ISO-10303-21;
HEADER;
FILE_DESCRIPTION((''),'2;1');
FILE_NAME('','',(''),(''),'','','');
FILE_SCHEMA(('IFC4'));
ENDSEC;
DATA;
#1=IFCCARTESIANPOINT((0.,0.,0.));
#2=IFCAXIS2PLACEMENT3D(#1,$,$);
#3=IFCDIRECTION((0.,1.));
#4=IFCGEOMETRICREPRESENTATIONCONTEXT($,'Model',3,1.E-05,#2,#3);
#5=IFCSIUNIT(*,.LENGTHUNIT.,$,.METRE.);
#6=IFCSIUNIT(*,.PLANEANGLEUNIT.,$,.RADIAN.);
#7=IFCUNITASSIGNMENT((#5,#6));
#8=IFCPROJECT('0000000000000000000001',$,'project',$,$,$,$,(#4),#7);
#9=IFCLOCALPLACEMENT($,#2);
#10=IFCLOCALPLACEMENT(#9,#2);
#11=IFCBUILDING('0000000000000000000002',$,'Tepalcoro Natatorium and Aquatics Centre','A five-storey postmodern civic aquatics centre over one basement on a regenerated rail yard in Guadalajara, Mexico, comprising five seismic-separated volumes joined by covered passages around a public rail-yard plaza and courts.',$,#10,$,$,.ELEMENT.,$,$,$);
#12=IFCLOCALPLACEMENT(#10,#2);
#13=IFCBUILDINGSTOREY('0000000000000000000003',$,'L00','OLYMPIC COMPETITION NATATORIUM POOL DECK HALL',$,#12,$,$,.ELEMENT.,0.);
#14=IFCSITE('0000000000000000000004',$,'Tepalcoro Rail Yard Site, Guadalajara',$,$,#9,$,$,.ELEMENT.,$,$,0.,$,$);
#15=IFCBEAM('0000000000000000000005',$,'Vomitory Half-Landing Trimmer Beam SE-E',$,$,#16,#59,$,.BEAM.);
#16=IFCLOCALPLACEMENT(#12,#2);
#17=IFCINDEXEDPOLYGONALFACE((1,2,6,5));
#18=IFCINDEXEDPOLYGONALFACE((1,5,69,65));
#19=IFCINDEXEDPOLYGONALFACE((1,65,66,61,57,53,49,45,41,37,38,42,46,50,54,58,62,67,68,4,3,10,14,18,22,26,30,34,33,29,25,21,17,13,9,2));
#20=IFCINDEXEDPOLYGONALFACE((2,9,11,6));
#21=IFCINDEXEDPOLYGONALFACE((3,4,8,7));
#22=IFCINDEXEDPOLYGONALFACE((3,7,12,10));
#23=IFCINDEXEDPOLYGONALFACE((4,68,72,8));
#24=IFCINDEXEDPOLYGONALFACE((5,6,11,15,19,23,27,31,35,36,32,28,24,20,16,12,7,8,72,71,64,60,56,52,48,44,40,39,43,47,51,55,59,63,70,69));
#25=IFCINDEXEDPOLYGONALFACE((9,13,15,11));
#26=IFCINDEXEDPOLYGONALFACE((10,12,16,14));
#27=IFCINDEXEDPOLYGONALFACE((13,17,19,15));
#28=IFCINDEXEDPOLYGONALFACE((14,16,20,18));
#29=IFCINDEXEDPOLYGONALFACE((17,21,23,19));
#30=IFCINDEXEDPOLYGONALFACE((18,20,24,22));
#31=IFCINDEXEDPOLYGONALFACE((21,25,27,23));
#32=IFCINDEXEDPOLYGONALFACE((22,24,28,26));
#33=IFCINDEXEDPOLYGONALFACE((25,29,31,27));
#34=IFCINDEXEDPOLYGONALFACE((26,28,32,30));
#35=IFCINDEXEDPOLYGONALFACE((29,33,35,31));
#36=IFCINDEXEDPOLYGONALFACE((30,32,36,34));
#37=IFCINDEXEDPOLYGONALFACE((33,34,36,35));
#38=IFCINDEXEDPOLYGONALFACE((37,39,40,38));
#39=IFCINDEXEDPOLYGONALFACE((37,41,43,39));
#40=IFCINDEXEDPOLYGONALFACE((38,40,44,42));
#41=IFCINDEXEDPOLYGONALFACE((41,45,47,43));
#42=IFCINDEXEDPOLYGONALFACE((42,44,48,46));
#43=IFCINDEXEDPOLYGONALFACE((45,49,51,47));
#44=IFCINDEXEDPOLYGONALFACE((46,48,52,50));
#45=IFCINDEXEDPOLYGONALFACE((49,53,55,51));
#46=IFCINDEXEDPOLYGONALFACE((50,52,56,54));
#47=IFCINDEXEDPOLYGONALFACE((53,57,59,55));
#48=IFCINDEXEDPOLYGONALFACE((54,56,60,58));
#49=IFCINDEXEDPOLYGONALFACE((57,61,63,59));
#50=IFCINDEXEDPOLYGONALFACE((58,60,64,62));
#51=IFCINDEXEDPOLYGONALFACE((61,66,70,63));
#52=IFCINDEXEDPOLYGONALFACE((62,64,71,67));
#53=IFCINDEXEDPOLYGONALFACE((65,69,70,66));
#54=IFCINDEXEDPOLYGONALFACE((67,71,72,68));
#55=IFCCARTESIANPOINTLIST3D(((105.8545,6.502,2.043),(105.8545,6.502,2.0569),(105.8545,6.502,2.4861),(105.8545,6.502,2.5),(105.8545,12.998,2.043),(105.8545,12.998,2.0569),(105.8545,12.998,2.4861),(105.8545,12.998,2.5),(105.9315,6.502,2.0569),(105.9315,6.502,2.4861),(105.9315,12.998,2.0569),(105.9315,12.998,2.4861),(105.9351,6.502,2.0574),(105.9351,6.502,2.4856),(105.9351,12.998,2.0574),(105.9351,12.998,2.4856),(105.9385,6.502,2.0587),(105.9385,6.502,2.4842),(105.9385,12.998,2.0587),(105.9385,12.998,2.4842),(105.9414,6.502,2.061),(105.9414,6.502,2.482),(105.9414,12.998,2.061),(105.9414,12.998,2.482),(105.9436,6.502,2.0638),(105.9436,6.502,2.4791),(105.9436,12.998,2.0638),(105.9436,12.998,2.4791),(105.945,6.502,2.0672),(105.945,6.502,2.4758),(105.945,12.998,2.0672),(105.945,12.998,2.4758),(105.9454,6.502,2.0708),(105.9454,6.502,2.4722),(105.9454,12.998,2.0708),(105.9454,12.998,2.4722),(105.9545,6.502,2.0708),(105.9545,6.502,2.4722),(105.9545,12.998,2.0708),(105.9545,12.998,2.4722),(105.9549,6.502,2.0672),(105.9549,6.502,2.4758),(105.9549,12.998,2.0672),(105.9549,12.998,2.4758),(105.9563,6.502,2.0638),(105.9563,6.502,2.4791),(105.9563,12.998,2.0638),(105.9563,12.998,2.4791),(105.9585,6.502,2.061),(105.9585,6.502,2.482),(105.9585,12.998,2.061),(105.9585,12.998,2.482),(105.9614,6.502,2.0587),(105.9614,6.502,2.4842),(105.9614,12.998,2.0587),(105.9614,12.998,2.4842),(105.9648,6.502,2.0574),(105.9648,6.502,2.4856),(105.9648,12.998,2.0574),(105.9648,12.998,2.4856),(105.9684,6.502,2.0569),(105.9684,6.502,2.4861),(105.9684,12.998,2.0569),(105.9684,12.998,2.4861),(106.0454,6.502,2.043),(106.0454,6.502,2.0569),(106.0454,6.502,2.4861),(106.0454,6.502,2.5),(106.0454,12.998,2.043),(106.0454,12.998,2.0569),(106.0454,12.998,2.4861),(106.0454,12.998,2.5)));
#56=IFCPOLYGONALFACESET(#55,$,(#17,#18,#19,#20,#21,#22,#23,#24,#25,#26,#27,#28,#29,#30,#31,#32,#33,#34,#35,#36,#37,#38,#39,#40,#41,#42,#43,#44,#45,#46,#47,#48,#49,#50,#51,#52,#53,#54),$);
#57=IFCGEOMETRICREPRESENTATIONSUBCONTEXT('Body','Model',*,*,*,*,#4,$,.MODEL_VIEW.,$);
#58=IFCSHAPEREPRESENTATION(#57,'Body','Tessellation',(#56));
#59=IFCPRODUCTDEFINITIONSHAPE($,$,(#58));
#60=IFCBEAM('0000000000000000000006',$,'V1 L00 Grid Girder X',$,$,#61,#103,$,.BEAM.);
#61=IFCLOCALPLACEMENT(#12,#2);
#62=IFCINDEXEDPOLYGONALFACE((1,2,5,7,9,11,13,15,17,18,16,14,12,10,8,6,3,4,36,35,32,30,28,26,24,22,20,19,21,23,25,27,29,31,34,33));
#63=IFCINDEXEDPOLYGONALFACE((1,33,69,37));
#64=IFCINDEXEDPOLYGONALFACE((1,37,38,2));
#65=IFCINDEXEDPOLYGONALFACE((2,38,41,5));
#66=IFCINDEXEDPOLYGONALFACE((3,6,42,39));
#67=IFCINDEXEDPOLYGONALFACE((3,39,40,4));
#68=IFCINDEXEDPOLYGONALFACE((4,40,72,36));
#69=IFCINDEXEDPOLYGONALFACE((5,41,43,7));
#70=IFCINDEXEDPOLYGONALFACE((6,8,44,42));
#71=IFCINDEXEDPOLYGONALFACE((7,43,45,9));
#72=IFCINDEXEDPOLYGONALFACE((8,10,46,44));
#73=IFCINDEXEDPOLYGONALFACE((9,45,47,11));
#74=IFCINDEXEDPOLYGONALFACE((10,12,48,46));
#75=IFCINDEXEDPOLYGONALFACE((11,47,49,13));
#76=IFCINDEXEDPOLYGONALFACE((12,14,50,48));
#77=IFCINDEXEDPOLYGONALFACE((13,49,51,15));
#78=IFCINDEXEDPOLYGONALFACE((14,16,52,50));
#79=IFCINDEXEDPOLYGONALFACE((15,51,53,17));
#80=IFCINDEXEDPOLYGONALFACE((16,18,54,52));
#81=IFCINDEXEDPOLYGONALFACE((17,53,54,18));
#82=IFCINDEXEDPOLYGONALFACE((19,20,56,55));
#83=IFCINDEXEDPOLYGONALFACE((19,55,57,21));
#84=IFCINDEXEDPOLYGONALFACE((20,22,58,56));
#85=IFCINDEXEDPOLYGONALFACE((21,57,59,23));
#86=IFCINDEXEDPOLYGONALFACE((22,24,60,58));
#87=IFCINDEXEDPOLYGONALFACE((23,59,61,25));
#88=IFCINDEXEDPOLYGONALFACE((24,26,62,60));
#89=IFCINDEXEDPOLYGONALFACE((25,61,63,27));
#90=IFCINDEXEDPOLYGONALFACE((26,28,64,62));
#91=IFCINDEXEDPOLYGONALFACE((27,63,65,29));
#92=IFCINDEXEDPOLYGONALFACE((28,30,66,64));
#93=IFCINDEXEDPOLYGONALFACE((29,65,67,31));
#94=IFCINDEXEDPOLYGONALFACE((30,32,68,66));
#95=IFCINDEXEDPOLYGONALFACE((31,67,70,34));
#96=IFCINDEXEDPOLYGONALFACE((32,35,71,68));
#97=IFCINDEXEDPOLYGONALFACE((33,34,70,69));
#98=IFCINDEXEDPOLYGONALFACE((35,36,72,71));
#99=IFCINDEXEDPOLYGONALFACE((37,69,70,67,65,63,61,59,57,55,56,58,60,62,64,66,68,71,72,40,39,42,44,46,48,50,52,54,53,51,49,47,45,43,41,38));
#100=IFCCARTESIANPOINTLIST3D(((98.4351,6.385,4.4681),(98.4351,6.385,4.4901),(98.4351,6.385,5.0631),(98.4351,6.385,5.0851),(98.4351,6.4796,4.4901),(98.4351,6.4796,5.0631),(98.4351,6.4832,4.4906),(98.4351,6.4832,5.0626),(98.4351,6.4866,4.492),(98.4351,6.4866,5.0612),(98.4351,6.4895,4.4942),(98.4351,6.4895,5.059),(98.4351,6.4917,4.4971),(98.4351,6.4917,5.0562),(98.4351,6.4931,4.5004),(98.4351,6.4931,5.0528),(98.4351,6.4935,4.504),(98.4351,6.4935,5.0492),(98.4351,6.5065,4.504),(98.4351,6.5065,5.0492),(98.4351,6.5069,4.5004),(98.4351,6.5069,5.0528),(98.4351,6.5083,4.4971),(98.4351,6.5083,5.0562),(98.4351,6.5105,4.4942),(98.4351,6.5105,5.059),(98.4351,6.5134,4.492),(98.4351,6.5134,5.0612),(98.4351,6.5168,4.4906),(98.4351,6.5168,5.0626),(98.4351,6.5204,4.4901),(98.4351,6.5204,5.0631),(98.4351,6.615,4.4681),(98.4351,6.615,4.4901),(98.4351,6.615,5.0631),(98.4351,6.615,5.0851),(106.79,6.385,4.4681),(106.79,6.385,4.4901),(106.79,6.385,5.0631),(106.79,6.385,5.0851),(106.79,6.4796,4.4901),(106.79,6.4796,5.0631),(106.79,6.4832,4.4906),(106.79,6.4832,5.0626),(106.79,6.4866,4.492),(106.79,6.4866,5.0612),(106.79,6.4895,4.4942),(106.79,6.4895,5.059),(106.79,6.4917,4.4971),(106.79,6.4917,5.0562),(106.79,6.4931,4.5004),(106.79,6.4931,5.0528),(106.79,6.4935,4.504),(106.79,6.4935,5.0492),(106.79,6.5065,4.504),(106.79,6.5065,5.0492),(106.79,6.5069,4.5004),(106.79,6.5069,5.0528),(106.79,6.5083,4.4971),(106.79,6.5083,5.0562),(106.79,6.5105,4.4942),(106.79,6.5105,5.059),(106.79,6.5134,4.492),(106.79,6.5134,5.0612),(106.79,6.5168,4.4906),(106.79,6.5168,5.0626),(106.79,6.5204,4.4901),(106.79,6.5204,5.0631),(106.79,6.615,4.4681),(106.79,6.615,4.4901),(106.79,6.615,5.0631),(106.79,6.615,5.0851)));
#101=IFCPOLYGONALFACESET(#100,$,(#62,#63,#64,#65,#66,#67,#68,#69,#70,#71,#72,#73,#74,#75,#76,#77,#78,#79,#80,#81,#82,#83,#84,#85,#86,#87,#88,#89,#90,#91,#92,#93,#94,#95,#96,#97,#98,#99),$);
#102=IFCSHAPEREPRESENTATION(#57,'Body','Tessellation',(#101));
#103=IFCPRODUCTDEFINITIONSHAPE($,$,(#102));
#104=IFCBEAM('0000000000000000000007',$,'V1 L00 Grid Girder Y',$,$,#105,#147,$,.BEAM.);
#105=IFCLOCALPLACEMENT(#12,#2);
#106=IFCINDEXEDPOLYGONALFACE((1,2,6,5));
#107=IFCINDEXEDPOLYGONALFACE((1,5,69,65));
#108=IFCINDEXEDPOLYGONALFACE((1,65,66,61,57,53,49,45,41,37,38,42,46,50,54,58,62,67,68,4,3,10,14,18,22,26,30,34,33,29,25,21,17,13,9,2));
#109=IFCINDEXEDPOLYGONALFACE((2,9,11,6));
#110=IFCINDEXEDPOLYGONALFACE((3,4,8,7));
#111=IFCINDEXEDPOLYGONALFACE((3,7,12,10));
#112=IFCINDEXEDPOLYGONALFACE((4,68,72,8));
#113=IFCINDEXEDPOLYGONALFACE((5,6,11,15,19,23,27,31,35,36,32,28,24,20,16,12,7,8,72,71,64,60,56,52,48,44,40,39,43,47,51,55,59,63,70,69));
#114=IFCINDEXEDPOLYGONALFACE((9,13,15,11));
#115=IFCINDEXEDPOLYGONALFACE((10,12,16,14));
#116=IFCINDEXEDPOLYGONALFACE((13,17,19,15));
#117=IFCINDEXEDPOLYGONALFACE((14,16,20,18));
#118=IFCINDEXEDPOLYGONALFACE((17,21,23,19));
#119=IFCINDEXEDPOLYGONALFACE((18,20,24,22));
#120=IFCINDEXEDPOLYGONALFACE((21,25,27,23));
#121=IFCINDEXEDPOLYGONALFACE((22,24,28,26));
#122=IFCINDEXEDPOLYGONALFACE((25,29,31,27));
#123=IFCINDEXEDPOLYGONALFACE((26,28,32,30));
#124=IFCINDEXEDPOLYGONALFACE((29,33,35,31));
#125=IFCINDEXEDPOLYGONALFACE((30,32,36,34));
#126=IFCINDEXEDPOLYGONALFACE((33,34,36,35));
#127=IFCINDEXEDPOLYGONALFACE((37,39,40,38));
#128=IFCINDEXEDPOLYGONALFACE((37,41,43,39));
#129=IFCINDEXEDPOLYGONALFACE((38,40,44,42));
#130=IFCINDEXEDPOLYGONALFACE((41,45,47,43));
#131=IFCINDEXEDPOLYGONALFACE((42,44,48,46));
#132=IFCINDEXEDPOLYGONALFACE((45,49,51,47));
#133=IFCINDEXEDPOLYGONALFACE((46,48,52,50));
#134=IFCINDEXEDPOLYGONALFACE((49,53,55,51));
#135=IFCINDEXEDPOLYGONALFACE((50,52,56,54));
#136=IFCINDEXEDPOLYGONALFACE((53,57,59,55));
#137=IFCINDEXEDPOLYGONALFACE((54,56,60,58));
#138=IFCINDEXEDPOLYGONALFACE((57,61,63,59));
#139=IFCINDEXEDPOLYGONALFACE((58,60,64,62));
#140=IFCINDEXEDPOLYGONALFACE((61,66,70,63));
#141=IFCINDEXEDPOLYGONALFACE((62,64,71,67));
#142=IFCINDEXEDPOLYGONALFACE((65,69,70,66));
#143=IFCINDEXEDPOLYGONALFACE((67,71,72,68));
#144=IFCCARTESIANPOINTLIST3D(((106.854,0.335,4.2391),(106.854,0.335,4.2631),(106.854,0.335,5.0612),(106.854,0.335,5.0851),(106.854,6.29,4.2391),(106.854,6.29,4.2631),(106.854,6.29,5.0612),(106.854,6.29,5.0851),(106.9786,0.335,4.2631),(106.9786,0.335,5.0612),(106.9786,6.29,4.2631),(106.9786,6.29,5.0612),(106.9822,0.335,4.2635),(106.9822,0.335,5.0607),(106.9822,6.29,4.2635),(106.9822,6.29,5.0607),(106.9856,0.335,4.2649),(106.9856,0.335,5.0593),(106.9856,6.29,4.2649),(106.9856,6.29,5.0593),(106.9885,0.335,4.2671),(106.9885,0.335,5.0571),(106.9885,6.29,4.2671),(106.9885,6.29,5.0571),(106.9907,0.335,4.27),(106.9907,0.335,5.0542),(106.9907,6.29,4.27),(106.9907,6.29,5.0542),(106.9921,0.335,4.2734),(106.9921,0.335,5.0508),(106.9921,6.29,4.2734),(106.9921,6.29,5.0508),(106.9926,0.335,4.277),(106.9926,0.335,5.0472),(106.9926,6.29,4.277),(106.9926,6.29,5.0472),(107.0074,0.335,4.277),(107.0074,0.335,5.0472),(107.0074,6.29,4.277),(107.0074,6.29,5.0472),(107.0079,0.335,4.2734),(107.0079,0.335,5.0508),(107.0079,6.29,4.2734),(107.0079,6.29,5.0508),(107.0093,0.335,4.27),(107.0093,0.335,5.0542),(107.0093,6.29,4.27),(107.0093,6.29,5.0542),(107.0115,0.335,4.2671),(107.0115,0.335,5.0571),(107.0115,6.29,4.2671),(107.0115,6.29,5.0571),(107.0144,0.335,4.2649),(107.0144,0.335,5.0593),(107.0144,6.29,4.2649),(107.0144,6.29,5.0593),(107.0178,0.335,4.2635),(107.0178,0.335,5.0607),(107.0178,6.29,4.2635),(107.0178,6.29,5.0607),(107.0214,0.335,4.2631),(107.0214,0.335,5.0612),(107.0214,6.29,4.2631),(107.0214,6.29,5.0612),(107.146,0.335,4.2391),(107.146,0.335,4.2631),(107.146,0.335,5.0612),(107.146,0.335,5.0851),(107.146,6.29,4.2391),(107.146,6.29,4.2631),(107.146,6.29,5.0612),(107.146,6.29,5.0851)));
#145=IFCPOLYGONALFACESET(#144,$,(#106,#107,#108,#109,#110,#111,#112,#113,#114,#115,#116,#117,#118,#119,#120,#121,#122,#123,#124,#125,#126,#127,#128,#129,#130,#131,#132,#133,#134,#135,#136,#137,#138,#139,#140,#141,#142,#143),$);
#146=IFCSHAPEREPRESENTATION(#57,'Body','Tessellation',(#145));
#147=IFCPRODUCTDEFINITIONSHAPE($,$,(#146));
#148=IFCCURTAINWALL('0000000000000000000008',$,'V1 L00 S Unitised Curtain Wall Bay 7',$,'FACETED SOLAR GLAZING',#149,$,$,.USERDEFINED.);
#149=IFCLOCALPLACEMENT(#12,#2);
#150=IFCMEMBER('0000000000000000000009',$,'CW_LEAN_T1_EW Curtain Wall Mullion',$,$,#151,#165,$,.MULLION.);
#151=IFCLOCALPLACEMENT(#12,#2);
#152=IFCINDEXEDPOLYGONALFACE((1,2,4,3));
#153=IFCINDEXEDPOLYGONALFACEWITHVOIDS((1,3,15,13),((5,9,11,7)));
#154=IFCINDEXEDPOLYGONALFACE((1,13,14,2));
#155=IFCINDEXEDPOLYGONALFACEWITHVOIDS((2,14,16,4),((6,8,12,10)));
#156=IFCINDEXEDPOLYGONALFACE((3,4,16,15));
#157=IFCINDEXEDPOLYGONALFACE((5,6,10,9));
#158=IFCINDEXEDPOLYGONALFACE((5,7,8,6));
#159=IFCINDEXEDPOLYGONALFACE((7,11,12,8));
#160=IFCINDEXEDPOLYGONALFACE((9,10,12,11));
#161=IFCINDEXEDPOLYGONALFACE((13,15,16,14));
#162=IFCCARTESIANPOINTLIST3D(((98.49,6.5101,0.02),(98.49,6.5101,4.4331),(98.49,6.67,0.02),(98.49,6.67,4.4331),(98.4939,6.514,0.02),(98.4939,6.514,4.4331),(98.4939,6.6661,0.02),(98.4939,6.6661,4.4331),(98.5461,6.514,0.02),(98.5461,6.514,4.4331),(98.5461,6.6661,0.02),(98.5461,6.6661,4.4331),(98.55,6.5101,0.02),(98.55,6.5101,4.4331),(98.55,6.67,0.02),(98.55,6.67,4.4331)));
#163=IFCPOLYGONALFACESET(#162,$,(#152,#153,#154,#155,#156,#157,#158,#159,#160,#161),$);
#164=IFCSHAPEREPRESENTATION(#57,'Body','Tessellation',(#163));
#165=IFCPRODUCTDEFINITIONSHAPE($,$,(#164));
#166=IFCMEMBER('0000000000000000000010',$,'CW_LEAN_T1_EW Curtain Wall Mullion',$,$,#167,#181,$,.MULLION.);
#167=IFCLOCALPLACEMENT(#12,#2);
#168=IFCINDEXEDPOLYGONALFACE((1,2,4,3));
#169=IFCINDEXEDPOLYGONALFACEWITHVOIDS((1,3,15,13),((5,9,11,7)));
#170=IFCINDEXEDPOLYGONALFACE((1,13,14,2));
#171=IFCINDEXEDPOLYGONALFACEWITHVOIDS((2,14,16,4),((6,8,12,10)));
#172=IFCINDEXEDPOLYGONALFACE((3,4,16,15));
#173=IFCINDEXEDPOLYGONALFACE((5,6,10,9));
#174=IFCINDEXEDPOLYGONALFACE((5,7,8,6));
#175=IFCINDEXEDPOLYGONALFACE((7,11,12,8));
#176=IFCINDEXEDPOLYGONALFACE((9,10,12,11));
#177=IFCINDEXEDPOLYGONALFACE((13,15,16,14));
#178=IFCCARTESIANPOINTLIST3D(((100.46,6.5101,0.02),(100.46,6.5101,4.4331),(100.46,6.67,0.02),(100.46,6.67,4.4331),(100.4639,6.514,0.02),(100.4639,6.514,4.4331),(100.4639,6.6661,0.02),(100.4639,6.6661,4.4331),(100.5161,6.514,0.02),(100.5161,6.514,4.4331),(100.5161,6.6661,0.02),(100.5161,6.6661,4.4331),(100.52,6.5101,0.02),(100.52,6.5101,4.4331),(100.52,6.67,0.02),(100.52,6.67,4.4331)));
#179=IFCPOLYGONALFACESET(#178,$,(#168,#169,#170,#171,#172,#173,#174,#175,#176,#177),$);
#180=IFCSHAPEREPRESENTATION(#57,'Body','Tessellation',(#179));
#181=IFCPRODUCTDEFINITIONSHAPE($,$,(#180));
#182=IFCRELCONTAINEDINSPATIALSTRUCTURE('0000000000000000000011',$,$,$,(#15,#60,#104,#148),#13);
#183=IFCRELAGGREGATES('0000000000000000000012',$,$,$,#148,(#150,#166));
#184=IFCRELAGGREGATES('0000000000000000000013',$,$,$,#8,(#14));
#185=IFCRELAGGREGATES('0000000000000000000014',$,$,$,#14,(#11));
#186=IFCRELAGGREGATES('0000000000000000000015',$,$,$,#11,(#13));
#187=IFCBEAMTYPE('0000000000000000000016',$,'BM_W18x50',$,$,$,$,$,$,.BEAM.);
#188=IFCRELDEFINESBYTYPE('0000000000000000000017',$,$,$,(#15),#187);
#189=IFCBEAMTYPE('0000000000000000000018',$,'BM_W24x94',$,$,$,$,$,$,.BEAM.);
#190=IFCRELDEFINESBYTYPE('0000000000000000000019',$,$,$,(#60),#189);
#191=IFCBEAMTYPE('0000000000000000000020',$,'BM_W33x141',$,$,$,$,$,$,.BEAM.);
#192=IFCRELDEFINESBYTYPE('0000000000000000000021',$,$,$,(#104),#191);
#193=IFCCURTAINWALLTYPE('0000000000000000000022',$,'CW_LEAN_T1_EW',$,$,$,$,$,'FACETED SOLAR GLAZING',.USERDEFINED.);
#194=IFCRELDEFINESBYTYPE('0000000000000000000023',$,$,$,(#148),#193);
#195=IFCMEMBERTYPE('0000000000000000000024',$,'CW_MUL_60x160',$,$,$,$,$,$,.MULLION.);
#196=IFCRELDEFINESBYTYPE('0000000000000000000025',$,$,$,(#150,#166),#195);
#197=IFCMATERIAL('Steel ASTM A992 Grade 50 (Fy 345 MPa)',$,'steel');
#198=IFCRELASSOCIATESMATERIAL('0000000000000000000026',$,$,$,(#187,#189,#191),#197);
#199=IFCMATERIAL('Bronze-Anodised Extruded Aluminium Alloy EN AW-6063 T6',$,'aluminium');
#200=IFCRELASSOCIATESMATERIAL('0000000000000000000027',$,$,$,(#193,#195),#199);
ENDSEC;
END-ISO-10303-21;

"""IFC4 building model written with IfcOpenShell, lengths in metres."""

from ifc_helpers import new_model, si_unit, direction, frame, origin, origin_2d, place, context, subcontext, project, spatial, hollow_rectangle, i_section, extrude, material, material_profile, profile_set, type_object, element, aggregate, save


model = new_model("IFC4")

# Units and contexts
model_context = context("Model", 3, precision=1e-05, world=origin(), true_north=direction((0.0, 1.0)))
body_context = subcontext(model_context, "Body", "Model", "MODEL_VIEW")
ifc_project = project(units=[si_unit("LENGTHUNIT", "METRE"), si_unit("PLANEANGLEUNIT", "RADIAN")], contexts=[model_context])

# Site, building, storey
site_placement = place(None, origin())
site = spatial("IfcSite", under=ifc_project, at=site_placement, Name="Tepalcoro Rail Yard Site, Guadalajara", CompositionType="ELEMENT", RefElevation=0.0)
building_placement = place(site_placement, origin())
building = spatial("IfcBuilding", under=site, at=building_placement, Name="Tepalcoro Natatorium and Aquatics Centre", Description="A five-storey postmodern civic aquatics centre over one basement on a regenerated rail yard in Guadalajara, Mexico, comprising five seismic-separated volumes joined by covered passages around a public rail-yard plaza and courts.", CompositionType="ELEMENT")
storey_placement = place(building_placement, origin())
storey = spatial("IfcBuildingStorey", under=building, at=storey_placement, Name="L00", Description="OLYMPIC COMPETITION NATATORIUM POOL DECK HALL", CompositionType="ELEMENT", Elevation=0.0)

# Beams
ifc_material_1 = material(Name="Steel ASTM A992 Grade 50 (Fy 345 MPa)", Category="steel")
ifc_material_profile_1 = material_profile(ifc_material_1, i_section(OverallWidth=0.1909, OverallDepth=0.457, WebThickness=0.009, FlangeThickness=0.0139, FilletRadius=0.0139, at=origin_2d()), Name="W18X50")
ifc_profile_set_1 = profile_set([ifc_material_profile_1], Name="Steel ASTM A992 Grade 50 (Fy 345 MPa)")
beam_type_1 = type_object("IfcBeamType", Name="BM_W18x50", PredefinedType="BEAM", material=ifc_profile_set_1)
for number, where, z_axis, x_axis, name in (
    (1, (105.95, 6.502, 2.2715), (0.0, 1.0, 0.0), (-1.0, 0.0, 0.0), "Vomitory Half-Landing Trimmer Beam SE-E"),
):
    element("IfcBeam", number, at=place(storey_placement, frame(where, z_axis=z_axis, x_axis=x_axis)), inside=storey, type_object=beam_type_1, Name=name, PredefinedType="BEAM", context=body_context, shape_type="SweptSolid", body=[
        extrude(i_section(OverallWidth=0.1909, OverallDepth=0.457, WebThickness=0.009, FlangeThickness=0.0139, FilletRadius=0.0139, at=origin_2d()), origin(), (0.0, 0.0, 1.0), 6.4961),
    ])
ifc_material_profile_2 = material_profile(ifc_material_1, i_section(OverallWidth=0.23, OverallDepth=0.6169, WebThickness=0.0129, FlangeThickness=0.022, FilletRadius=0.0139, at=origin_2d()), Name="W24X94")
ifc_profile_set_2 = profile_set([ifc_material_profile_2], Name="Steel ASTM A992 Grade 50 (Fy 345 MPa)")
beam_type_2 = type_object("IfcBeamType", Name="BM_W24x94", PredefinedType="BEAM", material=ifc_profile_set_2)
beam_1_placement = place(storey_placement, frame((98.4351, 6.5, 4.7766), z_axis=(1.0, 0.0, 0.0), x_axis=(0.0, 1.0, 0.0)))
element("IfcBeam", 2, at=beam_1_placement, inside=storey, type_object=beam_type_2, Name="V1 L00 Grid Girder X", PredefinedType="BEAM", context=body_context, shape_type="SweptSolid", body=[
    extrude(i_section(OverallWidth=0.23, OverallDepth=0.6169, WebThickness=0.0129, FlangeThickness=0.022, FilletRadius=0.0139, at=origin_2d()), origin(), (0.0, 0.0, 1.0), 8.355),
])
ifc_material_profile_3 = material_profile(ifc_material_1, i_section(OverallWidth=0.292, OverallDepth=0.8459, WebThickness=0.0149, FlangeThickness=0.0239, FilletRadius=0.0139, at=origin_2d()), Name="W33X141")
ifc_profile_set_3 = profile_set([ifc_material_profile_3], Name="Steel ASTM A992 Grade 50 (Fy 345 MPa)")
beam_type_3 = type_object("IfcBeamType", Name="BM_W33x141", PredefinedType="BEAM", material=ifc_profile_set_3)
beam_2_placement = place(storey_placement, frame((107.0, 0.335, 4.6621), z_axis=(0.0, 1.0, 0.0), x_axis=(-1.0, 0.0, 0.0)))
element("IfcBeam", 3, at=beam_2_placement, inside=storey, type_object=beam_type_3, Name="V1 L00 Grid Girder Y", PredefinedType="BEAM", context=body_context, shape_type="SweptSolid", body=[
    extrude(i_section(OverallWidth=0.292, OverallDepth=0.8459, WebThickness=0.0149, FlangeThickness=0.0239, FilletRadius=0.0139, at=origin_2d()), origin(), (0.0, 0.0, 1.0), 5.9551),
])

# Curtain wall, members
ifc_material_2 = material(Name="Bronze-Anodised Extruded Aluminium Alloy EN AW-6063 T6", Category="aluminium")
curtain_wall_type = type_object("IfcCurtainWallType", Name="CW_LEAN_T1_EW", ElementType="FACETED SOLAR GLAZING", PredefinedType="USERDEFINED", material=ifc_material_2)
curtain_wall_placement = place(storey_placement, origin())
curtain_wall = element("IfcCurtainWall", 4, at=curtain_wall_placement, inside=storey, type_object=curtain_wall_type, Name="V1 L00 S Unitised Curtain Wall Bay 7", ObjectType="FACETED SOLAR GLAZING", PredefinedType="USERDEFINED")
ifc_material_profile_4 = material_profile(ifc_material_2, hollow_rectangle(XDim=0.0601, YDim=0.1599, WallThickness=0.0039, at=origin_2d()), Name="AL60X160X4")
ifc_profile_set_4 = profile_set([ifc_material_profile_4], Name="Bronze-Anodised Extruded Aluminium Alloy EN AW-6063 T6")
member_type_1 = type_object("IfcMemberType", Name="CW_MUL_60x160", PredefinedType="MULLION", material=ifc_profile_set_4)
member_1_placement = place(storey_placement, frame((98.52, 6.5901, 0.02), z_axis=(0.0, 0.0, 1.0), x_axis=(1.0, 0.0, 0.0)))
member_1 = element("IfcMember", 5, at=member_1_placement, type_object=member_type_1, Name="CW_LEAN_T1_EW Curtain Wall Mullion", PredefinedType="MULLION", context=body_context, shape_type="SweptSolid", body=[
    extrude(hollow_rectangle(XDim=0.0601, YDim=0.1599, WallThickness=0.0039, at=origin_2d()), origin(), (0.0, 0.0, 1.0), 4.4131),
])
member_2_placement = place(storey_placement, frame((100.49, 6.5901, 0.02), z_axis=(0.0, 0.0, 1.0), x_axis=(1.0, 0.0, 0.0)))
member_2 = element("IfcMember", 6, at=member_2_placement, type_object=member_type_1, Name="CW_LEAN_T1_EW Curtain Wall Mullion", PredefinedType="MULLION", context=body_context, shape_type="SweptSolid", body=[
    extrude(hollow_rectangle(XDim=0.0601, YDim=0.1599, WallThickness=0.0039, at=origin_2d()), origin(), (0.0, 0.0, 1.0), 4.4131),
])

aggregate(curtain_wall, [member_1, member_2])

save(model, "model.ifc")
